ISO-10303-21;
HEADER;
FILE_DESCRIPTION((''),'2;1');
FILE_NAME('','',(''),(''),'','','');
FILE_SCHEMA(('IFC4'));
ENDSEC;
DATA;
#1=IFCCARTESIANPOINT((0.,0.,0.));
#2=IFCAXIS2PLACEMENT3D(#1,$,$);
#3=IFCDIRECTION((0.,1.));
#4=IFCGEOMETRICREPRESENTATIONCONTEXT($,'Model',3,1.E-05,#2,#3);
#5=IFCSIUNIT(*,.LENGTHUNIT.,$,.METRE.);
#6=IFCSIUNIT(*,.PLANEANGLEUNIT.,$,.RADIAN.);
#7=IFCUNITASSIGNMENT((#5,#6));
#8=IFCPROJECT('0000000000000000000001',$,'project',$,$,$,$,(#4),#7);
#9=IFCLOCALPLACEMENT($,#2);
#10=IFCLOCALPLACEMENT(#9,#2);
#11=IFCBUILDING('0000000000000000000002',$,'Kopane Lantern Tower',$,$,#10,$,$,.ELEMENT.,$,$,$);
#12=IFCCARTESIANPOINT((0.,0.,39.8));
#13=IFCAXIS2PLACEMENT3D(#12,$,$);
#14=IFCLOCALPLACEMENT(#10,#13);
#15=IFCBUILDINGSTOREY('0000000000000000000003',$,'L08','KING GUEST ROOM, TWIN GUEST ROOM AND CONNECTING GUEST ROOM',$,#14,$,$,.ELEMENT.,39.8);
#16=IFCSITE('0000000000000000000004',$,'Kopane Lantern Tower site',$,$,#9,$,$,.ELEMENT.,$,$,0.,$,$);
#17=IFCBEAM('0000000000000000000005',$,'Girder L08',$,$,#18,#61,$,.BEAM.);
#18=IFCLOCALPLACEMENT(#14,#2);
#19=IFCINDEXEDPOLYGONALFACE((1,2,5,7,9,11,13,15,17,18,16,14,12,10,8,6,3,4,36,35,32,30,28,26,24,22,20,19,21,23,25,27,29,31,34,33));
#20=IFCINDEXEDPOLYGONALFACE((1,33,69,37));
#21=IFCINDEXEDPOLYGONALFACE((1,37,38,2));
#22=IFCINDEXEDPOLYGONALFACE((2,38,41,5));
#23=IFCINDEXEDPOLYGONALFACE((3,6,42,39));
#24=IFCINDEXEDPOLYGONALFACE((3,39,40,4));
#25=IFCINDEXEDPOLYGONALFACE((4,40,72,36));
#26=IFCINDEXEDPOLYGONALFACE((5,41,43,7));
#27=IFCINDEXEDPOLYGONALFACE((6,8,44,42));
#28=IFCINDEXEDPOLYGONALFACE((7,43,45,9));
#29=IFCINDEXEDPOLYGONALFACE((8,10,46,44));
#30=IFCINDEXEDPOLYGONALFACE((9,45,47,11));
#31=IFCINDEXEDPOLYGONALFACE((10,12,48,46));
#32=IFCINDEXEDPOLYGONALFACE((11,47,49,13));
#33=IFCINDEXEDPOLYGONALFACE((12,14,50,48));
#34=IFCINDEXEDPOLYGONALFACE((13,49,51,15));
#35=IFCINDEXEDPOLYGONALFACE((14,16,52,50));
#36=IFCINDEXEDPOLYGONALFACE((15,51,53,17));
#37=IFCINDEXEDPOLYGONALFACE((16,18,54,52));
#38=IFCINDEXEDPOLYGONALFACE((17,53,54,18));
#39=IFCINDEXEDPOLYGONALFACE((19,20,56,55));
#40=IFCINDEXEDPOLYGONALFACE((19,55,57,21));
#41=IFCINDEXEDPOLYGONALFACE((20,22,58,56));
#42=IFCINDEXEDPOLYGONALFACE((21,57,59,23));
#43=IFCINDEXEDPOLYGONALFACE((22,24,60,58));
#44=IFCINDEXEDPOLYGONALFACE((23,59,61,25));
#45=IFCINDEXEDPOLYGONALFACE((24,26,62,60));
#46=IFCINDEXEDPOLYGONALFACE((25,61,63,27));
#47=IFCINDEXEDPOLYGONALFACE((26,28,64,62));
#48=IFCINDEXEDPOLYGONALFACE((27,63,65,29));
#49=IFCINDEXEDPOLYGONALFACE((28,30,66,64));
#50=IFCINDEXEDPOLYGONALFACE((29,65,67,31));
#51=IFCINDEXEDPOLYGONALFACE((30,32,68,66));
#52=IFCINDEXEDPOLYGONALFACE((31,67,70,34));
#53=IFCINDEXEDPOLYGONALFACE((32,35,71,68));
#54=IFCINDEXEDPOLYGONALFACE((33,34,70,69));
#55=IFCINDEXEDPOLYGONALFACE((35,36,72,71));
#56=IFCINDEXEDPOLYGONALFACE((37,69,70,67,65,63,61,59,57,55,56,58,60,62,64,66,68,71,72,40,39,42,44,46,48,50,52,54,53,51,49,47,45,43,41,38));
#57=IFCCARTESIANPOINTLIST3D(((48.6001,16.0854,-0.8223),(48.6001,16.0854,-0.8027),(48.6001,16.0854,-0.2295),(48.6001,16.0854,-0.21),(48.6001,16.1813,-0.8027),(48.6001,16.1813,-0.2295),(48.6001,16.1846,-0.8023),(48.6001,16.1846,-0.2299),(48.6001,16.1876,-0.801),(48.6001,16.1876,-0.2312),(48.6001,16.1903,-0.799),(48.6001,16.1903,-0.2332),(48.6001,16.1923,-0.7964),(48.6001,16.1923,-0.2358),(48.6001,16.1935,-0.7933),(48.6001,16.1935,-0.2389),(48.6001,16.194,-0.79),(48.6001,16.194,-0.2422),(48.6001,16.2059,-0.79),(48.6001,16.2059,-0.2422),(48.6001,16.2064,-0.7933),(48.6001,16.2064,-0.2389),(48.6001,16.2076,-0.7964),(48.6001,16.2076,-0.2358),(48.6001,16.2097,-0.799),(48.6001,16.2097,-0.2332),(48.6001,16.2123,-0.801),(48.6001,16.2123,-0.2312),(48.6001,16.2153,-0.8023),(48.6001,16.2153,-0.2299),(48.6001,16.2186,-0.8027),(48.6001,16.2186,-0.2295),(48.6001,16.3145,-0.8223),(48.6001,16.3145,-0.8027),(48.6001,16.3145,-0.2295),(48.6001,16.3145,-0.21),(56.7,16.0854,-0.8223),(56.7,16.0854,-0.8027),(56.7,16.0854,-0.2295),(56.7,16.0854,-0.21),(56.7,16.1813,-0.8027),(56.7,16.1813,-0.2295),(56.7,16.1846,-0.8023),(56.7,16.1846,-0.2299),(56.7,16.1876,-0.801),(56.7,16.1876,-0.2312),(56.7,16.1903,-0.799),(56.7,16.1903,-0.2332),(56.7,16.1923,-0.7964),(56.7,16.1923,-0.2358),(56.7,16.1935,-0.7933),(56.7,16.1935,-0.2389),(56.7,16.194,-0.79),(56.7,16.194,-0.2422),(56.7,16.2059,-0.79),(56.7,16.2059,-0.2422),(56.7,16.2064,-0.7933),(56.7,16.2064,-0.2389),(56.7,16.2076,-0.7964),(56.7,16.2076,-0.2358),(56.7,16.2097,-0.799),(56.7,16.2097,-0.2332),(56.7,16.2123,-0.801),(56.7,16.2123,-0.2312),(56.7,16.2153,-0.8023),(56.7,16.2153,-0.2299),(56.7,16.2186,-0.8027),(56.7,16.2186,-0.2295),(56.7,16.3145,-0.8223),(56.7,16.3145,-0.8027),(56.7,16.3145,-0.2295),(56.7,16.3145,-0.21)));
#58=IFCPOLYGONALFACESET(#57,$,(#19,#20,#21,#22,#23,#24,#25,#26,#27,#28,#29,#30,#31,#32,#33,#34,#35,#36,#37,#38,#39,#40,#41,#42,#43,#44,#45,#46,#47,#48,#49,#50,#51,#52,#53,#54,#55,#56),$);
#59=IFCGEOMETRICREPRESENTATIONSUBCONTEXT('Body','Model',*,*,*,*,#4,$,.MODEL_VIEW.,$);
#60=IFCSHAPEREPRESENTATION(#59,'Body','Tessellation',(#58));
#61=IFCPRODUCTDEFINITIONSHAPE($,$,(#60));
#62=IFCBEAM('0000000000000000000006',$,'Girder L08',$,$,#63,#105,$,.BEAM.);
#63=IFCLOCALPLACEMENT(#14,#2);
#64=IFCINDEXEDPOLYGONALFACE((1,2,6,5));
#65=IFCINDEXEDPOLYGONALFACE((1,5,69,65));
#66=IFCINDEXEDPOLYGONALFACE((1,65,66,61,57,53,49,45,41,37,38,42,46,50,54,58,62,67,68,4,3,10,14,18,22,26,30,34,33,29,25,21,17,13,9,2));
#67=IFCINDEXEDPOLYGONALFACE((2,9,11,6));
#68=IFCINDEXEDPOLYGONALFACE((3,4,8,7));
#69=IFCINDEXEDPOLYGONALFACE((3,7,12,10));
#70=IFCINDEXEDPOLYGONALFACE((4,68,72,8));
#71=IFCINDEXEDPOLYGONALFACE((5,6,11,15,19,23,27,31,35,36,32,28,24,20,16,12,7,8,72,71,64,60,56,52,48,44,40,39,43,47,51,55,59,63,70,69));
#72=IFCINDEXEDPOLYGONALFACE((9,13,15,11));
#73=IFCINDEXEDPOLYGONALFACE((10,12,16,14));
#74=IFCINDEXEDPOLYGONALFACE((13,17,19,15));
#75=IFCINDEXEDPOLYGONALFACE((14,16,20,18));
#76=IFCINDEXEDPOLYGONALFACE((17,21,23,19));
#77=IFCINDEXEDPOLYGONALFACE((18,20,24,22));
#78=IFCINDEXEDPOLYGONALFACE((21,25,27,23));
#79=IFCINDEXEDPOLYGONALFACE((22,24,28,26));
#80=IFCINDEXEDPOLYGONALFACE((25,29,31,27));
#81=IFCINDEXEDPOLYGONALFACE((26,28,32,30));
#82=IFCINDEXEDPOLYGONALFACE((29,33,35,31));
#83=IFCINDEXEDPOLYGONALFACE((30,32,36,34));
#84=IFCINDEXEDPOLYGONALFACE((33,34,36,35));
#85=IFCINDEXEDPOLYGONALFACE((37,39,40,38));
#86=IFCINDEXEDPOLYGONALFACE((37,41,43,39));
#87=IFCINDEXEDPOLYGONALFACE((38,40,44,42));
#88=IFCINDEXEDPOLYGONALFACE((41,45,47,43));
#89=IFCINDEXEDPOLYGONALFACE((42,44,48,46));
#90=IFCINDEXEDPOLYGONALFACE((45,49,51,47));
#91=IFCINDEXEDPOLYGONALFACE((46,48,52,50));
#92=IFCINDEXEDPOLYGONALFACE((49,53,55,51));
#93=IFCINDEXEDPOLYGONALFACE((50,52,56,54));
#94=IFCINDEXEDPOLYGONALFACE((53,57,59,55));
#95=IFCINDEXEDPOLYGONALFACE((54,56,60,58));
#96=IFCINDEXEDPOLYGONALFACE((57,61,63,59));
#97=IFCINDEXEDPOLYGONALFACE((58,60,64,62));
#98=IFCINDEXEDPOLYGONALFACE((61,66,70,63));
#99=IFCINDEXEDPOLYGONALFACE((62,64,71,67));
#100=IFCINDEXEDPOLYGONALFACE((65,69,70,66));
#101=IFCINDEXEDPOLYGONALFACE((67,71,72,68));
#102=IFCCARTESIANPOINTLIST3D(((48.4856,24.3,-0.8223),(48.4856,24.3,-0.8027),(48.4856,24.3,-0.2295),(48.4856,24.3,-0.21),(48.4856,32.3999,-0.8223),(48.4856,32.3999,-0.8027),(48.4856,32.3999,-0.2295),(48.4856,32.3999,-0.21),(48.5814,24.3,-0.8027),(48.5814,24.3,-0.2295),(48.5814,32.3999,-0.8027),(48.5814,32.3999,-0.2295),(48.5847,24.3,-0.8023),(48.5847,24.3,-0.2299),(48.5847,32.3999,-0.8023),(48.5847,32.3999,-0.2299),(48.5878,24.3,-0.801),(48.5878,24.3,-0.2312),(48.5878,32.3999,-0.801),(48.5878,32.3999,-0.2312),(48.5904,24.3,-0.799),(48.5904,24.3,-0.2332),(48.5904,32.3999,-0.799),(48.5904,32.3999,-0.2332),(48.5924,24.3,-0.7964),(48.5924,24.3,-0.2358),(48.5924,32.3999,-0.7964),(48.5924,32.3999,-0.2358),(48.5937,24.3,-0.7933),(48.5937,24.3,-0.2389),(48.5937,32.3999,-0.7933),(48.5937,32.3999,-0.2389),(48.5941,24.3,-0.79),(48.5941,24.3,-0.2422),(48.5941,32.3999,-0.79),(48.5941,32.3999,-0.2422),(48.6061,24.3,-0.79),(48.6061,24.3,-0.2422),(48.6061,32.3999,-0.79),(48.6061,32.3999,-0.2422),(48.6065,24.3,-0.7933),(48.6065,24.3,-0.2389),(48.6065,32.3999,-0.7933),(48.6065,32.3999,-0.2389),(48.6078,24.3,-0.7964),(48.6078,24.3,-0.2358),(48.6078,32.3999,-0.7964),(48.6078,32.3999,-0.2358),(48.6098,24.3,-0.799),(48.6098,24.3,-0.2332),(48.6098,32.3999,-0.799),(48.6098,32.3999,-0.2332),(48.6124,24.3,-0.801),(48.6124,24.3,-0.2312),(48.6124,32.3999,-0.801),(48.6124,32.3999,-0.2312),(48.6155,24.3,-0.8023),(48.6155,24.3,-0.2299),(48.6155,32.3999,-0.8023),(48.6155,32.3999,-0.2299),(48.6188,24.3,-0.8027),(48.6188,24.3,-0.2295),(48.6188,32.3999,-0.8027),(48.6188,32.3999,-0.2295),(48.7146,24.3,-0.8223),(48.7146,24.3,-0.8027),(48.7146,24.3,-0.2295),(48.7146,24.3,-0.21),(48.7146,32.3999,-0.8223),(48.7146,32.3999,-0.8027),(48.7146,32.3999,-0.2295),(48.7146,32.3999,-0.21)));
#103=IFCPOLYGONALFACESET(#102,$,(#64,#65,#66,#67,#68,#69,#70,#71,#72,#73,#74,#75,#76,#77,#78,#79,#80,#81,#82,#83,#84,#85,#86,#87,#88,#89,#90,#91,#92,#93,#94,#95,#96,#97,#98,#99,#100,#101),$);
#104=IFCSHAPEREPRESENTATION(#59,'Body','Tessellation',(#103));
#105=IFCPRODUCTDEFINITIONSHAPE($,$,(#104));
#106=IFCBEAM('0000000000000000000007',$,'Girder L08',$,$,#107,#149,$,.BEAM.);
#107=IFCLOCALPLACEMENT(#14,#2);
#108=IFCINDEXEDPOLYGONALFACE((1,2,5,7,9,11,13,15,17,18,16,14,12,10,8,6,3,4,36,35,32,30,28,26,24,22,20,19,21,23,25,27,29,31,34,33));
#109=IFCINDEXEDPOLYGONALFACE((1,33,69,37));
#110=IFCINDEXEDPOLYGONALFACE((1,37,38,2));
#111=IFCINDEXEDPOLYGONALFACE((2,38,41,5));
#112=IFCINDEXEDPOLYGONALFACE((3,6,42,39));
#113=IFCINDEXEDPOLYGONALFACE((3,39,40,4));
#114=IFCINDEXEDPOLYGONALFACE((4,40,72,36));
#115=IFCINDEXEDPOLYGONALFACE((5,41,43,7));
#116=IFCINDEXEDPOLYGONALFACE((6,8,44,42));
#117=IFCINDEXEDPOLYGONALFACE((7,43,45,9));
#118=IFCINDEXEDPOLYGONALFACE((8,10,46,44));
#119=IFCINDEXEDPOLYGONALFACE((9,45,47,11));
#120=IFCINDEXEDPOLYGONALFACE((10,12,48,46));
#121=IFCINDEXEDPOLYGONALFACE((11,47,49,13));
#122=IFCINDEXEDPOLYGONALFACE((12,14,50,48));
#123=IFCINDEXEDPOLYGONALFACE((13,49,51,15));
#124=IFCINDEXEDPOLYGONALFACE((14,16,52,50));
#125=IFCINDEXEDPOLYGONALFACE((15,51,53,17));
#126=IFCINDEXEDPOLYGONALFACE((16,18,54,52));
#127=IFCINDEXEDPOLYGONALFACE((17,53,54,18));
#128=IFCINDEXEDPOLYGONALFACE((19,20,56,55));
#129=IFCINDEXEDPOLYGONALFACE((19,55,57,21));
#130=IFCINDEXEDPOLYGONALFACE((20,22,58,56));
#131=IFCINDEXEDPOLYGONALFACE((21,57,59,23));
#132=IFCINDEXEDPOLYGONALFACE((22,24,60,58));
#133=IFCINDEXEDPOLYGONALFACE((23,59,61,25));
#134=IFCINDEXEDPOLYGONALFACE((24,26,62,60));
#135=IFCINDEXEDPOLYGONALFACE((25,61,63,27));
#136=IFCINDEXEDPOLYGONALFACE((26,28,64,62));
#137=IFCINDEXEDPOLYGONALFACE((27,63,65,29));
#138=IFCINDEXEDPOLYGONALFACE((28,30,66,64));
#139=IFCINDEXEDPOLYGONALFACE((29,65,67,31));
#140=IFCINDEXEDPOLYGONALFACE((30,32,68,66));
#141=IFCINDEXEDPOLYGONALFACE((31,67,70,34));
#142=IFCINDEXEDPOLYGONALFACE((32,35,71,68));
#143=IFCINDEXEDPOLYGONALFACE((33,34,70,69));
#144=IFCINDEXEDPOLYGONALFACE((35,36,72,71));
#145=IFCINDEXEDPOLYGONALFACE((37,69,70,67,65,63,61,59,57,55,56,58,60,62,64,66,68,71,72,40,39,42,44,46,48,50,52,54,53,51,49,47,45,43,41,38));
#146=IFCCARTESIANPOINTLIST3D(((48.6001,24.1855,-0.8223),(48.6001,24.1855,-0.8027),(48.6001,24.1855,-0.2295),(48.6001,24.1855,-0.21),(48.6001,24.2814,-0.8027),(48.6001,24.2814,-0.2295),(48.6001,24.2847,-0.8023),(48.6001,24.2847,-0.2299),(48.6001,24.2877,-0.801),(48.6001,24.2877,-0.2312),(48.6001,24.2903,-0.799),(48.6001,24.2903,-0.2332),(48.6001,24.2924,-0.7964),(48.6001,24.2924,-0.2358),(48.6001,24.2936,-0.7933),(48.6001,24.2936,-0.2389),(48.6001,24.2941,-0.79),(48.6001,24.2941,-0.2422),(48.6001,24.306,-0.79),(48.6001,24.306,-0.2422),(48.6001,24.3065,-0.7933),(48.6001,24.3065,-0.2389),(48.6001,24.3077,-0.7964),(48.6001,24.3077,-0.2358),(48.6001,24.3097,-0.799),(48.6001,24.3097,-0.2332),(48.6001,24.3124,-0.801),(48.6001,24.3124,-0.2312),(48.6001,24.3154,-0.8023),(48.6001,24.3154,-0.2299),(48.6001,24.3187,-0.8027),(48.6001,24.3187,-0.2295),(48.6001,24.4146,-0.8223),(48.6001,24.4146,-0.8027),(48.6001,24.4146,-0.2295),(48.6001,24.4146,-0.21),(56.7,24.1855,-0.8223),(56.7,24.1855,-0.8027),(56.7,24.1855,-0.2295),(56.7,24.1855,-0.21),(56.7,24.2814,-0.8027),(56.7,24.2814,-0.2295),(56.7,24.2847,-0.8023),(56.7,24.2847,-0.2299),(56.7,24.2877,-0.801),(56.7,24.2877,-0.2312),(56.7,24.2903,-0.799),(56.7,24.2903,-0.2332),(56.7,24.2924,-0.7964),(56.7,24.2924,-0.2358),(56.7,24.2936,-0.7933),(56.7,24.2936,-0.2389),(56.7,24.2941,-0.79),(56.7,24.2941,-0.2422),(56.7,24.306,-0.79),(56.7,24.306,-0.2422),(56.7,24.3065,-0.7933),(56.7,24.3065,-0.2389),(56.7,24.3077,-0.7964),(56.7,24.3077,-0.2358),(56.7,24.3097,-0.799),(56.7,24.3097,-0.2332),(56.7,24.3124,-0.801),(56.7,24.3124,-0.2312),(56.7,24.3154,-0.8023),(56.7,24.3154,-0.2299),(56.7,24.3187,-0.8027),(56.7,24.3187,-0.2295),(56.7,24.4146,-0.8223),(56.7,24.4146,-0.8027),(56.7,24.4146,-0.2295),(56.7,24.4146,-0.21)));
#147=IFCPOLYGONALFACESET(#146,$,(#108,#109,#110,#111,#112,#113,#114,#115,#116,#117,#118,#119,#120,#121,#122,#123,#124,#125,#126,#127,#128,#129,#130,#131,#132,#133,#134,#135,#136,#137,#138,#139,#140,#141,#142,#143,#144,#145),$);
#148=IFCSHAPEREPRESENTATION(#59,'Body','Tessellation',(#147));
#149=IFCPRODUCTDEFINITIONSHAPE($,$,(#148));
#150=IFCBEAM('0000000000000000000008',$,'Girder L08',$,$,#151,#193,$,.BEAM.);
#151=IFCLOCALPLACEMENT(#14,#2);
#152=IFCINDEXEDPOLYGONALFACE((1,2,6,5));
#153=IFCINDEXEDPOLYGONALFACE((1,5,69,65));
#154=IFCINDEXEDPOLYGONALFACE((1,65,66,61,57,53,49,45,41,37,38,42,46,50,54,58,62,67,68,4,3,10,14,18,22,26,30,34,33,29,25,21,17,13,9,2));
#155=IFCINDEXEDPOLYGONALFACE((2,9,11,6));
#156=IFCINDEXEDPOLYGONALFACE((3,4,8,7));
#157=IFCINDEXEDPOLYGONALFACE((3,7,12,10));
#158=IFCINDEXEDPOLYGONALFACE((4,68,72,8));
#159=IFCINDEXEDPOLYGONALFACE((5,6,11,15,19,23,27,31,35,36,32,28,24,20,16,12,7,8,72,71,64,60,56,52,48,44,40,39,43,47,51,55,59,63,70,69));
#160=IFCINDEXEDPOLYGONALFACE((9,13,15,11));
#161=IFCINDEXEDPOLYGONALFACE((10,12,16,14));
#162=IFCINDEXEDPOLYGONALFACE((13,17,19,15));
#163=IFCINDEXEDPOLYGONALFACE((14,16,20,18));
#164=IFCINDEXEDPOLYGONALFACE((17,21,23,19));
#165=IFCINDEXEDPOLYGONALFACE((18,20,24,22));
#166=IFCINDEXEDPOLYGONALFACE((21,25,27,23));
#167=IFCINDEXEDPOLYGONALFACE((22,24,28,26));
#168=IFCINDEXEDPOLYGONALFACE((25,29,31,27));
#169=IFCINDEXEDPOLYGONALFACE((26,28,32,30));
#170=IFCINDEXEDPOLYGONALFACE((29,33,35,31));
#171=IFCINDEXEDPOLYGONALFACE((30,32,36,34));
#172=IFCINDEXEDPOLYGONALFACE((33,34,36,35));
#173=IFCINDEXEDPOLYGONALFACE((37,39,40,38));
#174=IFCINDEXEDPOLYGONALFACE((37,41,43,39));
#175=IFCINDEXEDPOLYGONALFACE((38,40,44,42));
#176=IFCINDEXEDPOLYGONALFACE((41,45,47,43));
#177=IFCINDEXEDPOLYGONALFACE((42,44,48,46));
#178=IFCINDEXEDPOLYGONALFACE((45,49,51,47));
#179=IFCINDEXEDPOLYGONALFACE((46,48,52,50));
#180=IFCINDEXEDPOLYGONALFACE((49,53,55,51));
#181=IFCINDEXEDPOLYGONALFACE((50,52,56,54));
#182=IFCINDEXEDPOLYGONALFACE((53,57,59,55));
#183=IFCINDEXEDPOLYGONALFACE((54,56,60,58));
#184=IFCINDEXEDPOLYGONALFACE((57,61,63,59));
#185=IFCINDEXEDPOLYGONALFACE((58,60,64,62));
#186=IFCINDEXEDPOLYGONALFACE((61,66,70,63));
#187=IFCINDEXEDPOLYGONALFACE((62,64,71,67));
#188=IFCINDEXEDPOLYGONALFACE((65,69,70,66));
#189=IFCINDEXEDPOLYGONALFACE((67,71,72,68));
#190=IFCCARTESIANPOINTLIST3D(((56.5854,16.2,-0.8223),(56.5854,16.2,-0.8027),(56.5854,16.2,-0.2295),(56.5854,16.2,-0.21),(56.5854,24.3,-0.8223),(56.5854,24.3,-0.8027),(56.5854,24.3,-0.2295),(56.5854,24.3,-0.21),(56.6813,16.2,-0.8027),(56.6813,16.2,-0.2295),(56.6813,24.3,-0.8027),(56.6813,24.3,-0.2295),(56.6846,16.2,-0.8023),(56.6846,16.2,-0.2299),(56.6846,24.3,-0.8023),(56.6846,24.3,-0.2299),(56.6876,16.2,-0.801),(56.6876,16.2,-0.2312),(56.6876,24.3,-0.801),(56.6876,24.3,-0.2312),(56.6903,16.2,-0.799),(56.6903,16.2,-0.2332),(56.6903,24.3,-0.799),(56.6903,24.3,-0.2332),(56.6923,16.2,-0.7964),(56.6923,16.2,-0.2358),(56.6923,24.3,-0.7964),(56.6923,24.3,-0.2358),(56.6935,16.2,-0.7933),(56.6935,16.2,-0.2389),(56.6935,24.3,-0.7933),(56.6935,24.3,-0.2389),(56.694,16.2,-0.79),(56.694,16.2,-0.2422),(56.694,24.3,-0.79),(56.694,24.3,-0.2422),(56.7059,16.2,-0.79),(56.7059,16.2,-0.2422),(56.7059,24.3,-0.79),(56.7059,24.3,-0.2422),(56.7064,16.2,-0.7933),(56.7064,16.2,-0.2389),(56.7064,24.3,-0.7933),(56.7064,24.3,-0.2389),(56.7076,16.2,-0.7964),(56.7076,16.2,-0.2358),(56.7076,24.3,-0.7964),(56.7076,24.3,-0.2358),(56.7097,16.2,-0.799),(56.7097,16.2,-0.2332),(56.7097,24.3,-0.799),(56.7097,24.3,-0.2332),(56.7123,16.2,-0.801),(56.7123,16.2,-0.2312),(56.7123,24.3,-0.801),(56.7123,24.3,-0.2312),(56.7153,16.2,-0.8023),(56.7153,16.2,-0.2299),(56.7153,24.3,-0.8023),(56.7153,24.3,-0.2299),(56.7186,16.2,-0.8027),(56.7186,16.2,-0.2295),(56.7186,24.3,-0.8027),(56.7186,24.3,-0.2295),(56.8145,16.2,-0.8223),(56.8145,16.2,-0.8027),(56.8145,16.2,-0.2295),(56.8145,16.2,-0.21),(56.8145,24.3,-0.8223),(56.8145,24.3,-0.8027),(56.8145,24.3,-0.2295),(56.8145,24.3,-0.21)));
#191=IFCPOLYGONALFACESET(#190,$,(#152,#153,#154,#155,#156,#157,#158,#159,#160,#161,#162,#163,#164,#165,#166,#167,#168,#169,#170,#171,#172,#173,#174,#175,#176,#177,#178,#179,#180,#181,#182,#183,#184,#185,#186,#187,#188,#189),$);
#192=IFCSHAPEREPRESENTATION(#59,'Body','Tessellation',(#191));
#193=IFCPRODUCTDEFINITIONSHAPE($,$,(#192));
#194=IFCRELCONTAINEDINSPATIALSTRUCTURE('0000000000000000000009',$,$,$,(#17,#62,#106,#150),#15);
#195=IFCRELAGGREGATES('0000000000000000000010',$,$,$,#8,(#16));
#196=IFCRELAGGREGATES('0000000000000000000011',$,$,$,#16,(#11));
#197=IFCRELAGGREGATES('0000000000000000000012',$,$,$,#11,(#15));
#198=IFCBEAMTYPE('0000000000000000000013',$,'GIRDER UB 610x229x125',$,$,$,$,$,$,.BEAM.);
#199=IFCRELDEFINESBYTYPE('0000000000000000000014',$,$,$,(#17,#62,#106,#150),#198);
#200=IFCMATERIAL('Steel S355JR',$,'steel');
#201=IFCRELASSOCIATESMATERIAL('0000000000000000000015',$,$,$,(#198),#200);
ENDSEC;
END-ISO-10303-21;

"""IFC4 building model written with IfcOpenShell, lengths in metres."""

from ifc_helpers import new_model, si_unit, direction, frame, origin, origin_2d, place, context, subcontext, project, spatial, i_section, extrude, material, material_profile, profile_set, type_object, element, save


model = new_model("IFC4")

# Units and contexts
model_context = context("Model", 3, precision=1e-05, world=origin(), true_north=direction((0.0, 1.0)))
body_context = subcontext(model_context, "Body", "Model", "MODEL_VIEW")
ifc_project = project(units=[si_unit("LENGTHUNIT", "METRE"), si_unit("PLANEANGLEUNIT", "RADIAN")], contexts=[model_context])

# Site, building, storey
site_placement = place(None, origin())
site = spatial("IfcSite", under=ifc_project, at=site_placement, Name="Kopane Lantern Tower site", CompositionType="ELEMENT", RefElevation=0.0)
building_placement = place(site_placement, origin())
building = spatial("IfcBuilding", under=site, at=building_placement, Name="Kopane Lantern Tower", CompositionType="ELEMENT")
storey_placement = place(building_placement, frame((0.0, 0.0, 39.8)))
storey = spatial("IfcBuildingStorey", under=building, at=storey_placement, Name="L08", Description="KING GUEST ROOM, TWIN GUEST ROOM AND CONNECTING GUEST ROOM", CompositionType="ELEMENT", Elevation=39.8)

# Beams
ifc_material_1 = material(Name="Steel S355JR", Category="steel")
ifc_material_profile_1 = material_profile(ifc_material_1, i_section(OverallWidth=0.229, OverallDepth=0.6123, WebThickness=0.012, FlangeThickness=0.0195, FilletRadius=0.0127, at=origin_2d()), Name="UB 610x229x125")
ifc_profile_set_1 = profile_set([ifc_material_profile_1], Name="Steel S355JR")
beam_type = type_object("IfcBeamType", Name="GIRDER UB 610x229x125", PredefinedType="BEAM", material=ifc_profile_set_1)
for number, where, z_axis, x_axis, name in (
    (1, (48.6001, 16.2, -0.5161), (1.0, 0.0, 0.0), (0.0, 1.0, 0.0), "Girder L08"),
    (2, (48.6001, 24.3, -0.5161), (0.0, 1.0, 0.0), (-1.0, 0.0, 0.0), "Girder L08"),
    (3, (48.6001, 24.3, -0.5161), (1.0, 0.0, 0.0), (0.0, 1.0, 0.0), "Girder L08"),
):
    element("IfcBeam", number, at=place(storey_placement, frame(where, z_axis=z_axis, x_axis=x_axis)), inside=storey, type_object=beam_type, Name=name, PredefinedType="BEAM", context=body_context, shape_type="SweptSolid", body=[
        extrude(i_section(OverallWidth=0.229, OverallDepth=0.6123, WebThickness=0.012, FlangeThickness=0.0195, FilletRadius=0.0127, at=origin_2d()), origin(), (0.0, 0.0, 1.0), 8.0999),
    ])
beam_1_placement = place(storey_placement, frame((56.7, 16.2, -0.5161), z_axis=(0.0, 1.0, 0.0), x_axis=(-1.0, 0.0, 0.0)))
element("IfcBeam", 4, at=beam_1_placement, inside=storey, type_object=beam_type, Name="Girder L08", PredefinedType="BEAM", context=body_context, shape_type="SweptSolid", body=[
    extrude(i_section(OverallWidth=0.229, OverallDepth=0.6123, WebThickness=0.012, FlangeThickness=0.0195, FilletRadius=0.0127, at=origin_2d()), origin(), (0.0, 0.0, 1.0), 8.1001),
])

save(model, "model.ifc")
